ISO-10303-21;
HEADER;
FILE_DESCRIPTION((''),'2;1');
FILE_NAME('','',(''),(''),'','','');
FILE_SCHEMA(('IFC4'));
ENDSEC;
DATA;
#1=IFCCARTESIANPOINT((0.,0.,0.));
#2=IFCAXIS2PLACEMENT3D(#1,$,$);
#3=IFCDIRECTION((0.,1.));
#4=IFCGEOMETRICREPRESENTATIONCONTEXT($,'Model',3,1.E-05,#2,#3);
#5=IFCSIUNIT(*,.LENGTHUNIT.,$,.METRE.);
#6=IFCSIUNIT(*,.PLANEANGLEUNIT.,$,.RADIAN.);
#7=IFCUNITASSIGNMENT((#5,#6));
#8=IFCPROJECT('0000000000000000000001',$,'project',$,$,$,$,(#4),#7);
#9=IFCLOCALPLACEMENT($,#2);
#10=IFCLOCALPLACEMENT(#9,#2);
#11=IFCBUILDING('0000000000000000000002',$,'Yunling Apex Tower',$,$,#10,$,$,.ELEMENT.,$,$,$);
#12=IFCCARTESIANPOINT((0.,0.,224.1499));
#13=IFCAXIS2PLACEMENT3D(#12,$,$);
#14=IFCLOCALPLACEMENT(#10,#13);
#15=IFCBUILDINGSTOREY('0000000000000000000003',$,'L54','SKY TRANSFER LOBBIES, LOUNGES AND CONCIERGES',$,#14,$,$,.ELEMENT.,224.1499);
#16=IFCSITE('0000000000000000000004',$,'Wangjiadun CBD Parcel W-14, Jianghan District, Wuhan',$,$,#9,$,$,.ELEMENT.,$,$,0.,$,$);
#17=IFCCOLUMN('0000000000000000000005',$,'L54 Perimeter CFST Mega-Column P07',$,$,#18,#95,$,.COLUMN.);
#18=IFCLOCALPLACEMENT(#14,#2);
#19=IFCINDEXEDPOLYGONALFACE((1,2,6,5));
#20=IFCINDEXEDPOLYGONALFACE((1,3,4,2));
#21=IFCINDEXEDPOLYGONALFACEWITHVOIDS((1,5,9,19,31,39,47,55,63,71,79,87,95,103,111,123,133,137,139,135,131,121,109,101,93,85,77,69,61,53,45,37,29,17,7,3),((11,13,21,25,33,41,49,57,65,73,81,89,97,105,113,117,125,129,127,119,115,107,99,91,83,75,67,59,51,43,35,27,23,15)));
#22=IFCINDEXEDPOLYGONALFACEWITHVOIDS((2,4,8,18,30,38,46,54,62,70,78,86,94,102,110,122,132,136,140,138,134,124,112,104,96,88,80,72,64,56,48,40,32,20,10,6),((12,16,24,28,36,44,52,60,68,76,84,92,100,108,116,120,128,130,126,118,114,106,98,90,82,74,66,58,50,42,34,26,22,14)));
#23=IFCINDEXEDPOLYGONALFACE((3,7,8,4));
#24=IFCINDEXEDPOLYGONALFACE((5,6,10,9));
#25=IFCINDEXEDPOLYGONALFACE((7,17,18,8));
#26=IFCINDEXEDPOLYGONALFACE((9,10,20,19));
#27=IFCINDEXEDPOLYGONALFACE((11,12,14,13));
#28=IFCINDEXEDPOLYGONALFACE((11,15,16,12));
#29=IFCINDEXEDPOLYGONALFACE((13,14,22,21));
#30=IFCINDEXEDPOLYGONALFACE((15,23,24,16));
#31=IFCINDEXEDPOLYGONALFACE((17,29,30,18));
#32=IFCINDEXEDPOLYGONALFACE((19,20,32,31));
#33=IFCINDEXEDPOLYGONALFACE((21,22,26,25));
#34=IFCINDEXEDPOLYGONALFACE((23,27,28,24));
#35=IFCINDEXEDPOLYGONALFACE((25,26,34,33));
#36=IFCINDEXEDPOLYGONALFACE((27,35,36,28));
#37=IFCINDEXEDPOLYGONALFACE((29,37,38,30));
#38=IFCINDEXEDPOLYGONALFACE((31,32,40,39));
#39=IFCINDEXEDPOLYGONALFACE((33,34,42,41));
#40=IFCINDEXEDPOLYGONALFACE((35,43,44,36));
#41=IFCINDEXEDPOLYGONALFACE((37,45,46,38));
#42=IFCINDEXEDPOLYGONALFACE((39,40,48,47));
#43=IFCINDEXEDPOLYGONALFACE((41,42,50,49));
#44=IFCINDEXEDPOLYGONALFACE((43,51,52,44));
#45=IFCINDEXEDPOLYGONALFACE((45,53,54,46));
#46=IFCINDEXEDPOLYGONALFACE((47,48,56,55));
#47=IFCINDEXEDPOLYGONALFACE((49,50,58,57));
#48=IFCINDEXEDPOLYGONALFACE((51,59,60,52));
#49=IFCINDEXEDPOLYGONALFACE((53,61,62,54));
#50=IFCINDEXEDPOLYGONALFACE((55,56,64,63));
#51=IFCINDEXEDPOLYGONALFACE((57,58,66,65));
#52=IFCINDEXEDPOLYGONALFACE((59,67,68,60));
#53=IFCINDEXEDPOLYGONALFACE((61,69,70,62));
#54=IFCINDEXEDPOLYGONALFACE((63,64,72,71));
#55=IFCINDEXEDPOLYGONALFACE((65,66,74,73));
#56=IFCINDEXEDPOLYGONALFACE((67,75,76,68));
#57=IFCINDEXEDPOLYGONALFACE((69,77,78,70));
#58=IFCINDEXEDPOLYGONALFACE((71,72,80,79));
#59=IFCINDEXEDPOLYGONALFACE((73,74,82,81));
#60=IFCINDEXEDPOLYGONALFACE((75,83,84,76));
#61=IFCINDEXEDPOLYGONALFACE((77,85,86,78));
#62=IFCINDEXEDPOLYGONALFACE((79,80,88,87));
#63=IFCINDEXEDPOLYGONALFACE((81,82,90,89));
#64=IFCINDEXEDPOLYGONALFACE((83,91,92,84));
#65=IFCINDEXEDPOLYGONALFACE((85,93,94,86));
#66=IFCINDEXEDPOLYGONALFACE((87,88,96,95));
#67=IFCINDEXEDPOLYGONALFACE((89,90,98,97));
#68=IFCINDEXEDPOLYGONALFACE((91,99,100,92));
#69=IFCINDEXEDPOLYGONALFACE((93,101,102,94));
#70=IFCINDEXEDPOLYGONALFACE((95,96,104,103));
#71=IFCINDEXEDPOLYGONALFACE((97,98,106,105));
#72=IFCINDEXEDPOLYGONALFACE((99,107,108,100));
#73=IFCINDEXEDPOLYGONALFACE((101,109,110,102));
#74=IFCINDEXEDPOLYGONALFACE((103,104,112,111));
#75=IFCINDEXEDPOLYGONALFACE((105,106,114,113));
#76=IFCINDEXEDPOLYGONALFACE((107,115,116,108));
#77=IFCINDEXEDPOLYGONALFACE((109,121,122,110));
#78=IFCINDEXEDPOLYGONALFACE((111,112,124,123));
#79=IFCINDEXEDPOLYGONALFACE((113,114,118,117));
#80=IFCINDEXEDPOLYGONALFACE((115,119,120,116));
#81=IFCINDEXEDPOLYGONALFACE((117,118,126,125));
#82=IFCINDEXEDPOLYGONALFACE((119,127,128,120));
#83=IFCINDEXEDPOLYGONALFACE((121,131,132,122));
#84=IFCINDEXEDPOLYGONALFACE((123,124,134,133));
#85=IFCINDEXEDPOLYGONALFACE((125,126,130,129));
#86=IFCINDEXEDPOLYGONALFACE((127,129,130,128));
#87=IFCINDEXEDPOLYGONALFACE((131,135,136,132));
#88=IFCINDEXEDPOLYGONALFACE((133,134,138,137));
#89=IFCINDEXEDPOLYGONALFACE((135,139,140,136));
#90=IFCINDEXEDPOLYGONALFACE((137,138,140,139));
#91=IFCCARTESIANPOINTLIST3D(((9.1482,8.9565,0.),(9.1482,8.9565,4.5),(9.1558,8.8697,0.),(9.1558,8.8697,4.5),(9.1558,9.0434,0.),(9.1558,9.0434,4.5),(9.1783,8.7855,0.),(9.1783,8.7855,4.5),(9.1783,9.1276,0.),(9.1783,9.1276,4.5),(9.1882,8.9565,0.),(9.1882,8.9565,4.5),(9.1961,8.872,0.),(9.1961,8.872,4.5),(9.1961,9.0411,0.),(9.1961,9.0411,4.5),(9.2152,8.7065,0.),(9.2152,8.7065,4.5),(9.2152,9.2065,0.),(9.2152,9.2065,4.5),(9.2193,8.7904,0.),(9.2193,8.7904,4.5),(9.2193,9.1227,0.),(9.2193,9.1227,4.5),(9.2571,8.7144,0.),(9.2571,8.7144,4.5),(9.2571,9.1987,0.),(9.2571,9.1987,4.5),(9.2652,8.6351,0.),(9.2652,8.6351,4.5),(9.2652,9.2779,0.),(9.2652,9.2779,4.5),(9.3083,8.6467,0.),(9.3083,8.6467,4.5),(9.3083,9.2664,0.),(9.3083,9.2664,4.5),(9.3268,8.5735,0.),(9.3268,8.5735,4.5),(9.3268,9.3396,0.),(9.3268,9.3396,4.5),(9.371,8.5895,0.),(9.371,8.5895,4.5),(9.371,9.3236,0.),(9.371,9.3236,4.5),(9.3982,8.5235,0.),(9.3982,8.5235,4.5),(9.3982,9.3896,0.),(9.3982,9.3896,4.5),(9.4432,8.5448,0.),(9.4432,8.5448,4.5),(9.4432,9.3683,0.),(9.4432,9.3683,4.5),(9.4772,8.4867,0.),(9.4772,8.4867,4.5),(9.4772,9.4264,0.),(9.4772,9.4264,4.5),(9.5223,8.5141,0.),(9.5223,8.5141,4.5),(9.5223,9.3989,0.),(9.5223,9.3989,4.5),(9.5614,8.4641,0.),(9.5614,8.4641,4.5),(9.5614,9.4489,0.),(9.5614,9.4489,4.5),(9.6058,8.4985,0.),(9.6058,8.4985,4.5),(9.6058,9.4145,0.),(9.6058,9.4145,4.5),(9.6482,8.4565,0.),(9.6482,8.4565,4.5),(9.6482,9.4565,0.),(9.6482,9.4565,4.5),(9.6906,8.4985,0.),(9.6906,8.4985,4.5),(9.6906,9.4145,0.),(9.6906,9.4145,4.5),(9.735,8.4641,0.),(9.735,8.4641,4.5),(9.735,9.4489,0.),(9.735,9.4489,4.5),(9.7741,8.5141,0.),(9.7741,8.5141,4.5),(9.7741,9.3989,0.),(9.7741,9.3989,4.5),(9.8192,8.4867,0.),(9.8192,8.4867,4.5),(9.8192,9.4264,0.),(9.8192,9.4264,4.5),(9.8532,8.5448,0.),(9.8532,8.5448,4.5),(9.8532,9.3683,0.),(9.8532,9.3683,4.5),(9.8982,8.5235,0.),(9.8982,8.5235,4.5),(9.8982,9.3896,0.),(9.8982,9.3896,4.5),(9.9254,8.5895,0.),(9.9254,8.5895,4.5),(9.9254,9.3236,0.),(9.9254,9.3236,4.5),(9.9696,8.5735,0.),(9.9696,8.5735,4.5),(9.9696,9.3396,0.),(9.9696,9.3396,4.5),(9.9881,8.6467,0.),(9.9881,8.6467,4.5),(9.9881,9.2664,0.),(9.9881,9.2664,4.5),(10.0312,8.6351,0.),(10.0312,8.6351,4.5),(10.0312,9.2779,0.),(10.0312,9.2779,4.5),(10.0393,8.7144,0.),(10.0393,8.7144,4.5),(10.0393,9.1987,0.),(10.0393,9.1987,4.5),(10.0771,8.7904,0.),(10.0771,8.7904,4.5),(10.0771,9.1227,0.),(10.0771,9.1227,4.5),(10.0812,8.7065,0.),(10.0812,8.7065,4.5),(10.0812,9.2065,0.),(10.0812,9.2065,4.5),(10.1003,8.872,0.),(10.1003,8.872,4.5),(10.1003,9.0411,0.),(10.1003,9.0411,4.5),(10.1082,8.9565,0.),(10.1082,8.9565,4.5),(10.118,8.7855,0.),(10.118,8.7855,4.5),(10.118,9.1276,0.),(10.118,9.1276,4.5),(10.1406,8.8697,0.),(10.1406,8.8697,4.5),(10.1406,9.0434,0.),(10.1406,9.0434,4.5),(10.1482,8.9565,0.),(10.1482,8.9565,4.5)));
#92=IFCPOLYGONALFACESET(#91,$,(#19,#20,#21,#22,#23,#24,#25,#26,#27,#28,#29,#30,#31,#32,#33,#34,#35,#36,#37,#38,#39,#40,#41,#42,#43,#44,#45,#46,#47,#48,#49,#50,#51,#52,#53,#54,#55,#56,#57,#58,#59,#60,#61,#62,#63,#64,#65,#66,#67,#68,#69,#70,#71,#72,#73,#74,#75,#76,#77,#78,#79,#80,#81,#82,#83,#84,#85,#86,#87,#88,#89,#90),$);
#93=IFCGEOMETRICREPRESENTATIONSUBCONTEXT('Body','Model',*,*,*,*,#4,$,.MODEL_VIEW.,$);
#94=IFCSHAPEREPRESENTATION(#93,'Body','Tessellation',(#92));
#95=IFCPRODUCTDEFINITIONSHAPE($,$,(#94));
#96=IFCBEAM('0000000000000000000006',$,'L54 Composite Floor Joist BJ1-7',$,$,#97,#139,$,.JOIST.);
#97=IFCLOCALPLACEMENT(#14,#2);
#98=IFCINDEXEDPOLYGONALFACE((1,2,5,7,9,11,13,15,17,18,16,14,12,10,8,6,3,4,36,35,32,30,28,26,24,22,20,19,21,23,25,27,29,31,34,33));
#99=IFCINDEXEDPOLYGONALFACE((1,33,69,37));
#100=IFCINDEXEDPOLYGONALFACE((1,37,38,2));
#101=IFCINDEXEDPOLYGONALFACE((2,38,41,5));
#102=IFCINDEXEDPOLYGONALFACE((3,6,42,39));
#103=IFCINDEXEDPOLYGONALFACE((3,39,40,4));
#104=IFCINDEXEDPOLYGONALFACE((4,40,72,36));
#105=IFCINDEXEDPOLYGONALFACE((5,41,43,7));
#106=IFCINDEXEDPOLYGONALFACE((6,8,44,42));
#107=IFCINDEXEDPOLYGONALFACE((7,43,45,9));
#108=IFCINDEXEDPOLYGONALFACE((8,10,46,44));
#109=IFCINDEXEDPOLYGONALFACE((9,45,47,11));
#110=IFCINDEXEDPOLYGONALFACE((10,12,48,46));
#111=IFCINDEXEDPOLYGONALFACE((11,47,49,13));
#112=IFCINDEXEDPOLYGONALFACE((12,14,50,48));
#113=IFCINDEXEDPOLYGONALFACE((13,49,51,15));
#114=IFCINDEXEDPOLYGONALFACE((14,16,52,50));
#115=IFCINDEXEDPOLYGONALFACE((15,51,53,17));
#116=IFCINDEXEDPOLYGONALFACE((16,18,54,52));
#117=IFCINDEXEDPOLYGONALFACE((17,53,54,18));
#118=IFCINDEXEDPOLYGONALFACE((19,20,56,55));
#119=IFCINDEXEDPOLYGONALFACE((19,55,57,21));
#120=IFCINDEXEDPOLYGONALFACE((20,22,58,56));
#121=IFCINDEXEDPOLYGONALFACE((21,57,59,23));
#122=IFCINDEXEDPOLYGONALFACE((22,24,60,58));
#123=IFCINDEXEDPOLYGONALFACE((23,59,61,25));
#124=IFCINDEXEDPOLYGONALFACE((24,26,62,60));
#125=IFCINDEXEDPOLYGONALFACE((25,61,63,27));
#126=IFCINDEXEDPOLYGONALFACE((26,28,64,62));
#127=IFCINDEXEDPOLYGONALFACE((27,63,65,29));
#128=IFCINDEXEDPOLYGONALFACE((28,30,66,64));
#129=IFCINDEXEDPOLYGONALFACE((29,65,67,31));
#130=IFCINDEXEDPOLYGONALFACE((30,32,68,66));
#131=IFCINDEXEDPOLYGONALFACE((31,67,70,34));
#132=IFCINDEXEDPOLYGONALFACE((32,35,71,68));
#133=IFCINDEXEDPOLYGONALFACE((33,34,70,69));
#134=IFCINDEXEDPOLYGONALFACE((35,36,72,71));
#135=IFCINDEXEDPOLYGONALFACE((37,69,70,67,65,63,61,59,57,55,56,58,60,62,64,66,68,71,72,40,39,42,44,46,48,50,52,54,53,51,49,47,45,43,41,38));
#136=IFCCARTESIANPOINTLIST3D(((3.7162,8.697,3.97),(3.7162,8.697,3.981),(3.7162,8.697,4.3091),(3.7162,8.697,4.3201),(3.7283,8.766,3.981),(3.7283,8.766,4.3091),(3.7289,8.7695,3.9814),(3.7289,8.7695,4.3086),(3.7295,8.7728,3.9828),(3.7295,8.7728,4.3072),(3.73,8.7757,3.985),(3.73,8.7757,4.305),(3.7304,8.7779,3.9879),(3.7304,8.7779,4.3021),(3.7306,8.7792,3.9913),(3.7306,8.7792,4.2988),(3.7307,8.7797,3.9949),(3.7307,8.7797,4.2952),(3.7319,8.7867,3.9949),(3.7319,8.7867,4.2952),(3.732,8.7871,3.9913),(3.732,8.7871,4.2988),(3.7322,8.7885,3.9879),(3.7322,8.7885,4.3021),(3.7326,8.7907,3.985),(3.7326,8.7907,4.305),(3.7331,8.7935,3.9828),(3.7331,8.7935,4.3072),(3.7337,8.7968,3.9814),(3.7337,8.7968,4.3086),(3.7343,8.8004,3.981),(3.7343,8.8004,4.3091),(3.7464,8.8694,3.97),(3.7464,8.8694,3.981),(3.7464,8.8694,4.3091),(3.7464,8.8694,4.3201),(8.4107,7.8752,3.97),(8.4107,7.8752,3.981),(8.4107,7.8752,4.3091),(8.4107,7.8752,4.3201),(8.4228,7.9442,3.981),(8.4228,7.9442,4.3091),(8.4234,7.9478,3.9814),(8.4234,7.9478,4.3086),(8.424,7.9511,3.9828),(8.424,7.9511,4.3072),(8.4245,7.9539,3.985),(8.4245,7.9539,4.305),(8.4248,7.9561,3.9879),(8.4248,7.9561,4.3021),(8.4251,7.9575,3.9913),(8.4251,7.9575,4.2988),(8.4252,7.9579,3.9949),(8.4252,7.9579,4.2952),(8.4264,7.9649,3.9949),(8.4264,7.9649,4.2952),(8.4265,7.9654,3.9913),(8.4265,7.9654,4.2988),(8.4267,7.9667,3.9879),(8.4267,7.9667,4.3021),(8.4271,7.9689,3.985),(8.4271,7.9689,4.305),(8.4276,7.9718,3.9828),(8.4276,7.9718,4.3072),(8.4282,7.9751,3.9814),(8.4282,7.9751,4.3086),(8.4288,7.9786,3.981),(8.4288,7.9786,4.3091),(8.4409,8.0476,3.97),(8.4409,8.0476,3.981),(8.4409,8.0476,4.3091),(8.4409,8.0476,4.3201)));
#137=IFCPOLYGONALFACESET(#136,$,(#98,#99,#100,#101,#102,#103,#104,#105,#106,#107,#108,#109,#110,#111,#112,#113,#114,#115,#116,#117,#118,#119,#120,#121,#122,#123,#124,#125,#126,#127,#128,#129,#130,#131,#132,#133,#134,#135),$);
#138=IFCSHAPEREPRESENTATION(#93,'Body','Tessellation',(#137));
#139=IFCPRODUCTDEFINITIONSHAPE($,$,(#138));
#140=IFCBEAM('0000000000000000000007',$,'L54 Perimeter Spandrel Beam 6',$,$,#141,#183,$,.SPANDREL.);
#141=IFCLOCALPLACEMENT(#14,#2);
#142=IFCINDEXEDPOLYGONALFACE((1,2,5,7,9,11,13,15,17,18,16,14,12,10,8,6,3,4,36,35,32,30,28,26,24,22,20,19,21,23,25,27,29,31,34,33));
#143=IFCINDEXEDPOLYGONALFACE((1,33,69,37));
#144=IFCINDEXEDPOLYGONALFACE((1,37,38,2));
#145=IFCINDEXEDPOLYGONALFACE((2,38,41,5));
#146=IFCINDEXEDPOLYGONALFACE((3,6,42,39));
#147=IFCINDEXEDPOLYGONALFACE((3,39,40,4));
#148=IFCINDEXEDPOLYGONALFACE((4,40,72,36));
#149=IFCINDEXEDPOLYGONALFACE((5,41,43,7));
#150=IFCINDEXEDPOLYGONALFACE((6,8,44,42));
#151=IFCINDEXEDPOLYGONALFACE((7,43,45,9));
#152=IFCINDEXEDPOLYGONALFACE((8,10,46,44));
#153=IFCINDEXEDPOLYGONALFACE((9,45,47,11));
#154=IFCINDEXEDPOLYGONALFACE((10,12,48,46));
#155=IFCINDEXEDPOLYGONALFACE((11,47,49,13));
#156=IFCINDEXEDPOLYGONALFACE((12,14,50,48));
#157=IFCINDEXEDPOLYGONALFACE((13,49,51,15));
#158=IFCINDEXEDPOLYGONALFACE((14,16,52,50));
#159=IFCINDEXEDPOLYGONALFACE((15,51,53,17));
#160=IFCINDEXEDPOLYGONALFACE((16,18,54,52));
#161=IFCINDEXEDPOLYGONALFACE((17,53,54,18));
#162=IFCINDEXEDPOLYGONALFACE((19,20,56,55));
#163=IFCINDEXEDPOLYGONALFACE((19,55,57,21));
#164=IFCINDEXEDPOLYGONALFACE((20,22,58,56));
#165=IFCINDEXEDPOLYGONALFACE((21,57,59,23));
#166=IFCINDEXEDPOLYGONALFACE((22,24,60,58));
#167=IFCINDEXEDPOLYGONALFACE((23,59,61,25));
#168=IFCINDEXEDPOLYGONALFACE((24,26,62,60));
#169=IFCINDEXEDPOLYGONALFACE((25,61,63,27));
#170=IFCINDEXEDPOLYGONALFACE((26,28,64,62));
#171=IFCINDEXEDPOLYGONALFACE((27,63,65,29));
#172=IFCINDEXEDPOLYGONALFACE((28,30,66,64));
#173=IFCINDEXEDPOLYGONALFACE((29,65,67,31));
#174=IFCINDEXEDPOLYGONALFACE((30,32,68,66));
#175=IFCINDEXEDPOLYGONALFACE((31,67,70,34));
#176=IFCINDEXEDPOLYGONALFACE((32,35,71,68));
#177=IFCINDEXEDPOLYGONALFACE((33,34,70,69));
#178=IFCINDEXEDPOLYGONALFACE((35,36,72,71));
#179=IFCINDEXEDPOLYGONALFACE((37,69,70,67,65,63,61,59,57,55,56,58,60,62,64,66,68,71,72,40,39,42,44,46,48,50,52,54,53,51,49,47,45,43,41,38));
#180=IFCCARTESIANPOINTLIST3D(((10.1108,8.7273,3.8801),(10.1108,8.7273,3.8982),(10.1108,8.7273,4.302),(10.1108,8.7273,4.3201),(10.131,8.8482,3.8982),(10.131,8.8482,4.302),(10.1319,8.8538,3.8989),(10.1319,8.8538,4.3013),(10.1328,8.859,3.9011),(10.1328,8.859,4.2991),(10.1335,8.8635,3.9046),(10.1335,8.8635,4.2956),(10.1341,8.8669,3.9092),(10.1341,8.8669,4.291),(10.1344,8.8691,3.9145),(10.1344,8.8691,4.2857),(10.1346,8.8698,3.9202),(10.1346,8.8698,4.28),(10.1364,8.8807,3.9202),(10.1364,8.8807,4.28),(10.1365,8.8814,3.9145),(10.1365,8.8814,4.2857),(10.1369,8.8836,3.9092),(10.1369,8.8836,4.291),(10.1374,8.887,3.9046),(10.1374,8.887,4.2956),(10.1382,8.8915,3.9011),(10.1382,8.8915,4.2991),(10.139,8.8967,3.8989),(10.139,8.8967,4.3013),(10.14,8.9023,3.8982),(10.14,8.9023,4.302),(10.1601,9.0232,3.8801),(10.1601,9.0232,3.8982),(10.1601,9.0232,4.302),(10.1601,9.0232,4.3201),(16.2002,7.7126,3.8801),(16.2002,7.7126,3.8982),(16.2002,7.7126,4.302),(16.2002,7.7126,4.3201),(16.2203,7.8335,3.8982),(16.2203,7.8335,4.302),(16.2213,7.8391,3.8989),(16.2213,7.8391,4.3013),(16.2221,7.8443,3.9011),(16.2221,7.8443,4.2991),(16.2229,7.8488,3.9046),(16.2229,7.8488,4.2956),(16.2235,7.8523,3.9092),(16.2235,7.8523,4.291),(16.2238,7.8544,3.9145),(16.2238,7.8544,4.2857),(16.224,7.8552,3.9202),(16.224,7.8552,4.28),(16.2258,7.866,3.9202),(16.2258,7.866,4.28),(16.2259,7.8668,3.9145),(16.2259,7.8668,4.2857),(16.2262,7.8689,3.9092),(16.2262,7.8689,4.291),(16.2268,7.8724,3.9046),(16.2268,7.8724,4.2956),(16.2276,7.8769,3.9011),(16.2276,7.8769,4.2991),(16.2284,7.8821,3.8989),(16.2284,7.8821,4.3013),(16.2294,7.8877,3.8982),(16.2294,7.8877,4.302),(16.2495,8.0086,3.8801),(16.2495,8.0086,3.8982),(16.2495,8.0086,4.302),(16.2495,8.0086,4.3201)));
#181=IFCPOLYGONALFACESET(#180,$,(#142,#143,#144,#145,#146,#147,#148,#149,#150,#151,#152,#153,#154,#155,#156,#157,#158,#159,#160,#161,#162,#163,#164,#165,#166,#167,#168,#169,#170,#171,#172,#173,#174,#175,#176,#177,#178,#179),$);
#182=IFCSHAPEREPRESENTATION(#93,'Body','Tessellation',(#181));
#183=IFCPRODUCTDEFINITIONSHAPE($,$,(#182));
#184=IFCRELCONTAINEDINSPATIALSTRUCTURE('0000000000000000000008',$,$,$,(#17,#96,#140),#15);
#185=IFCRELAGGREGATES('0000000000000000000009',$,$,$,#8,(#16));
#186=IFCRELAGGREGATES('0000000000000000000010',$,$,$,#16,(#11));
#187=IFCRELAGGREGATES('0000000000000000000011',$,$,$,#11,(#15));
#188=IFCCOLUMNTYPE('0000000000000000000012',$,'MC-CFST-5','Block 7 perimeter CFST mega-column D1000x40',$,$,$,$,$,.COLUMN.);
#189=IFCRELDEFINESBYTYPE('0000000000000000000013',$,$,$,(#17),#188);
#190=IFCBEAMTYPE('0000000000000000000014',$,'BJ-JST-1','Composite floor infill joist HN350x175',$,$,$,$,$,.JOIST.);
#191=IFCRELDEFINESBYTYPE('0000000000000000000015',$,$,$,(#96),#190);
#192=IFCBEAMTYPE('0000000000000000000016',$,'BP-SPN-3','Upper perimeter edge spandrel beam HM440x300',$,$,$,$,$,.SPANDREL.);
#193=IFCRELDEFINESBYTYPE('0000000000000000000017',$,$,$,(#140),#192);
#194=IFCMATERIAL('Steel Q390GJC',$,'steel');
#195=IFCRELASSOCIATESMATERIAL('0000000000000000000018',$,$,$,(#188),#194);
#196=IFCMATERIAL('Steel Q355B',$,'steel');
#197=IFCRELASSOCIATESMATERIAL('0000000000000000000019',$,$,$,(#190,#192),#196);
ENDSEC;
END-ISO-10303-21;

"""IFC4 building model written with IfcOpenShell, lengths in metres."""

from ifc_helpers import new_model, si_unit, direction, frame, origin, origin_2d, place, context, subcontext, project, spatial, hollow_circle, i_section, extrude, source, transform, mapped, material, material_profile, profile_set, type_object, element, save


model = new_model("IFC4")

# Units and contexts
model_context = context("Model", 3, precision=1e-05, world=origin(), true_north=direction((0.0, 1.0)))
body_context = subcontext(model_context, "Body", "Model", "MODEL_VIEW")
ifc_project = project(units=[si_unit("LENGTHUNIT", "METRE"), si_unit("PLANEANGLEUNIT", "RADIAN")], contexts=[model_context])

# Site, building, storey
site_placement = place(None, origin())
site = spatial("IfcSite", under=ifc_project, at=site_placement, Name="Wangjiadun CBD Parcel W-14, Jianghan District, Wuhan", CompositionType="ELEMENT", RefElevation=0.0)
building_placement = place(site_placement, origin())
building = spatial("IfcBuilding", under=site, at=building_placement, Name="Yunling Apex Tower", CompositionType="ELEMENT")
storey_placement = place(building_placement, frame((0.0, 0.0, 224.1499)))
storey = spatial("IfcBuildingStorey", under=building, at=storey_placement, Name="L54", Description="SKY TRANSFER LOBBIES, LOUNGES AND CONCIERGES", CompositionType="ELEMENT", Elevation=224.1499)

# Column
ifc_material_1 = material(Name="Steel Q390GJC", Category="steel")
ifc_material_profile_1 = material_profile(ifc_material_1, hollow_circle(Radius=0.5, WallThickness=0.04, at=origin_2d()))
ifc_profile_set_1 = profile_set([ifc_material_profile_1], Name="Steel Q390GJC")
column_type = type_object("IfcColumnType", Name="MC-CFST-5", Description="Block 7 perimeter CFST mega-column D1000x40", PredefinedType="COLUMN", material=ifc_profile_set_1)
shared_shape_1 = source(origin(), body_context, "Body", "SweptSolid", [
    extrude(hollow_circle(Radius=0.5, WallThickness=0.04, at=origin_2d()), origin(), (0.0, 0.0, 1.0), 4.5),
])
for number, where, z_axis, x_axis, name in (
    (1, (9.6482, 8.9565, 0.0), (0.0, 0.0, 1.0), (1.0, 0.0, 0.0), "L54 Perimeter CFST Mega-Column P07"),
):
    element("IfcColumn", number, at=place(storey_placement, frame(where, z_axis=z_axis, x_axis=x_axis)), inside=storey, type_object=column_type, Name=name, PredefinedType="COLUMN", context=body_context, shape_type="MappedRepresentation", body=[
        mapped(shared_shape_1, transform((0.0, 0.0, 0.0), scale=1.0)),
    ])

# Beams
ifc_material_2 = material(Name="Steel Q355B", Category="steel")
ifc_material_profile_2 = material_profile(ifc_material_2, i_section(OverallWidth=0.175, OverallDepth=0.3501, WebThickness=0.0071, FlangeThickness=0.011, FilletRadius=0.0139, at=origin_2d()))
ifc_profile_set_2 = profile_set([ifc_material_profile_2], Name="Steel Q355B")
beam_type_1 = type_object("IfcBeamType", Name="BJ-JST-1", Description="Composite floor infill joist HN350x175", PredefinedType="JOIST", material=ifc_profile_set_2)
shared_shape_2 = source(origin(), body_context, "Body", "SweptSolid", [
    extrude(i_section(OverallWidth=0.175, OverallDepth=0.3501, WebThickness=0.0071, FlangeThickness=0.011, FilletRadius=0.0139, at=origin_2d()), origin(), (0.0, 0.0, 1.0), 4.7659),
])
beam_1_placement = place(storey_placement, frame((8.4258, 7.9614, 4.145), z_axis=(-0.985022, 0.172426, 0.0), x_axis=(-0.172426, -0.985022, 0.0)))
element("IfcBeam", 2, at=beam_1_placement, inside=storey, type_object=beam_type_1, Name="L54 Composite Floor Joist BJ1-7", PredefinedType="JOIST", context=body_context, shape_type="MappedRepresentation", body=[
    mapped(shared_shape_2, transform((0.0, 0.0, 0.0), scale=1.0)),
])
ifc_material_profile_3 = material_profile(ifc_material_2, i_section(OverallWidth=0.3, OverallDepth=0.4399, WebThickness=0.011, FlangeThickness=0.0181, FilletRadius=0.022, at=origin_2d()))
ifc_profile_set_3 = profile_set([ifc_material_profile_3], Name="Steel Q355B")
beam_type_2 = type_object("IfcBeamType", Name="BP-SPN-3", Description="Upper perimeter edge spandrel beam HM440x300", PredefinedType="SPANDREL", material=ifc_profile_set_3)
shared_shape_3 = source(origin(), body_context, "Body", "SweptSolid", [
    extrude(i_section(OverallWidth=0.3, OverallDepth=0.4399, WebThickness=0.011, FlangeThickness=0.0181, FilletRadius=0.022, at=origin_2d()), origin(), (0.0, 0.0, 1.0), 6.1733),
])
for number, where, z_axis, x_axis, name in (
    (3, (16.2249, 7.8606, 4.1001), (-0.9864, 0.164361, 0.0), (-0.164361, -0.9864, 0.0), "L54 Perimeter Spandrel Beam 6"),
):
    element("IfcBeam", number, at=place(storey_placement, frame(where, z_axis=z_axis, x_axis=x_axis)), inside=storey, type_object=beam_type_2, Name=name, PredefinedType="SPANDREL", context=body_context, shape_type="MappedRepresentation", body=[
        mapped(shared_shape_3, transform((0.0, 0.0, 0.0), scale=1.0)),
    ])

save(model, "model.ifc")
